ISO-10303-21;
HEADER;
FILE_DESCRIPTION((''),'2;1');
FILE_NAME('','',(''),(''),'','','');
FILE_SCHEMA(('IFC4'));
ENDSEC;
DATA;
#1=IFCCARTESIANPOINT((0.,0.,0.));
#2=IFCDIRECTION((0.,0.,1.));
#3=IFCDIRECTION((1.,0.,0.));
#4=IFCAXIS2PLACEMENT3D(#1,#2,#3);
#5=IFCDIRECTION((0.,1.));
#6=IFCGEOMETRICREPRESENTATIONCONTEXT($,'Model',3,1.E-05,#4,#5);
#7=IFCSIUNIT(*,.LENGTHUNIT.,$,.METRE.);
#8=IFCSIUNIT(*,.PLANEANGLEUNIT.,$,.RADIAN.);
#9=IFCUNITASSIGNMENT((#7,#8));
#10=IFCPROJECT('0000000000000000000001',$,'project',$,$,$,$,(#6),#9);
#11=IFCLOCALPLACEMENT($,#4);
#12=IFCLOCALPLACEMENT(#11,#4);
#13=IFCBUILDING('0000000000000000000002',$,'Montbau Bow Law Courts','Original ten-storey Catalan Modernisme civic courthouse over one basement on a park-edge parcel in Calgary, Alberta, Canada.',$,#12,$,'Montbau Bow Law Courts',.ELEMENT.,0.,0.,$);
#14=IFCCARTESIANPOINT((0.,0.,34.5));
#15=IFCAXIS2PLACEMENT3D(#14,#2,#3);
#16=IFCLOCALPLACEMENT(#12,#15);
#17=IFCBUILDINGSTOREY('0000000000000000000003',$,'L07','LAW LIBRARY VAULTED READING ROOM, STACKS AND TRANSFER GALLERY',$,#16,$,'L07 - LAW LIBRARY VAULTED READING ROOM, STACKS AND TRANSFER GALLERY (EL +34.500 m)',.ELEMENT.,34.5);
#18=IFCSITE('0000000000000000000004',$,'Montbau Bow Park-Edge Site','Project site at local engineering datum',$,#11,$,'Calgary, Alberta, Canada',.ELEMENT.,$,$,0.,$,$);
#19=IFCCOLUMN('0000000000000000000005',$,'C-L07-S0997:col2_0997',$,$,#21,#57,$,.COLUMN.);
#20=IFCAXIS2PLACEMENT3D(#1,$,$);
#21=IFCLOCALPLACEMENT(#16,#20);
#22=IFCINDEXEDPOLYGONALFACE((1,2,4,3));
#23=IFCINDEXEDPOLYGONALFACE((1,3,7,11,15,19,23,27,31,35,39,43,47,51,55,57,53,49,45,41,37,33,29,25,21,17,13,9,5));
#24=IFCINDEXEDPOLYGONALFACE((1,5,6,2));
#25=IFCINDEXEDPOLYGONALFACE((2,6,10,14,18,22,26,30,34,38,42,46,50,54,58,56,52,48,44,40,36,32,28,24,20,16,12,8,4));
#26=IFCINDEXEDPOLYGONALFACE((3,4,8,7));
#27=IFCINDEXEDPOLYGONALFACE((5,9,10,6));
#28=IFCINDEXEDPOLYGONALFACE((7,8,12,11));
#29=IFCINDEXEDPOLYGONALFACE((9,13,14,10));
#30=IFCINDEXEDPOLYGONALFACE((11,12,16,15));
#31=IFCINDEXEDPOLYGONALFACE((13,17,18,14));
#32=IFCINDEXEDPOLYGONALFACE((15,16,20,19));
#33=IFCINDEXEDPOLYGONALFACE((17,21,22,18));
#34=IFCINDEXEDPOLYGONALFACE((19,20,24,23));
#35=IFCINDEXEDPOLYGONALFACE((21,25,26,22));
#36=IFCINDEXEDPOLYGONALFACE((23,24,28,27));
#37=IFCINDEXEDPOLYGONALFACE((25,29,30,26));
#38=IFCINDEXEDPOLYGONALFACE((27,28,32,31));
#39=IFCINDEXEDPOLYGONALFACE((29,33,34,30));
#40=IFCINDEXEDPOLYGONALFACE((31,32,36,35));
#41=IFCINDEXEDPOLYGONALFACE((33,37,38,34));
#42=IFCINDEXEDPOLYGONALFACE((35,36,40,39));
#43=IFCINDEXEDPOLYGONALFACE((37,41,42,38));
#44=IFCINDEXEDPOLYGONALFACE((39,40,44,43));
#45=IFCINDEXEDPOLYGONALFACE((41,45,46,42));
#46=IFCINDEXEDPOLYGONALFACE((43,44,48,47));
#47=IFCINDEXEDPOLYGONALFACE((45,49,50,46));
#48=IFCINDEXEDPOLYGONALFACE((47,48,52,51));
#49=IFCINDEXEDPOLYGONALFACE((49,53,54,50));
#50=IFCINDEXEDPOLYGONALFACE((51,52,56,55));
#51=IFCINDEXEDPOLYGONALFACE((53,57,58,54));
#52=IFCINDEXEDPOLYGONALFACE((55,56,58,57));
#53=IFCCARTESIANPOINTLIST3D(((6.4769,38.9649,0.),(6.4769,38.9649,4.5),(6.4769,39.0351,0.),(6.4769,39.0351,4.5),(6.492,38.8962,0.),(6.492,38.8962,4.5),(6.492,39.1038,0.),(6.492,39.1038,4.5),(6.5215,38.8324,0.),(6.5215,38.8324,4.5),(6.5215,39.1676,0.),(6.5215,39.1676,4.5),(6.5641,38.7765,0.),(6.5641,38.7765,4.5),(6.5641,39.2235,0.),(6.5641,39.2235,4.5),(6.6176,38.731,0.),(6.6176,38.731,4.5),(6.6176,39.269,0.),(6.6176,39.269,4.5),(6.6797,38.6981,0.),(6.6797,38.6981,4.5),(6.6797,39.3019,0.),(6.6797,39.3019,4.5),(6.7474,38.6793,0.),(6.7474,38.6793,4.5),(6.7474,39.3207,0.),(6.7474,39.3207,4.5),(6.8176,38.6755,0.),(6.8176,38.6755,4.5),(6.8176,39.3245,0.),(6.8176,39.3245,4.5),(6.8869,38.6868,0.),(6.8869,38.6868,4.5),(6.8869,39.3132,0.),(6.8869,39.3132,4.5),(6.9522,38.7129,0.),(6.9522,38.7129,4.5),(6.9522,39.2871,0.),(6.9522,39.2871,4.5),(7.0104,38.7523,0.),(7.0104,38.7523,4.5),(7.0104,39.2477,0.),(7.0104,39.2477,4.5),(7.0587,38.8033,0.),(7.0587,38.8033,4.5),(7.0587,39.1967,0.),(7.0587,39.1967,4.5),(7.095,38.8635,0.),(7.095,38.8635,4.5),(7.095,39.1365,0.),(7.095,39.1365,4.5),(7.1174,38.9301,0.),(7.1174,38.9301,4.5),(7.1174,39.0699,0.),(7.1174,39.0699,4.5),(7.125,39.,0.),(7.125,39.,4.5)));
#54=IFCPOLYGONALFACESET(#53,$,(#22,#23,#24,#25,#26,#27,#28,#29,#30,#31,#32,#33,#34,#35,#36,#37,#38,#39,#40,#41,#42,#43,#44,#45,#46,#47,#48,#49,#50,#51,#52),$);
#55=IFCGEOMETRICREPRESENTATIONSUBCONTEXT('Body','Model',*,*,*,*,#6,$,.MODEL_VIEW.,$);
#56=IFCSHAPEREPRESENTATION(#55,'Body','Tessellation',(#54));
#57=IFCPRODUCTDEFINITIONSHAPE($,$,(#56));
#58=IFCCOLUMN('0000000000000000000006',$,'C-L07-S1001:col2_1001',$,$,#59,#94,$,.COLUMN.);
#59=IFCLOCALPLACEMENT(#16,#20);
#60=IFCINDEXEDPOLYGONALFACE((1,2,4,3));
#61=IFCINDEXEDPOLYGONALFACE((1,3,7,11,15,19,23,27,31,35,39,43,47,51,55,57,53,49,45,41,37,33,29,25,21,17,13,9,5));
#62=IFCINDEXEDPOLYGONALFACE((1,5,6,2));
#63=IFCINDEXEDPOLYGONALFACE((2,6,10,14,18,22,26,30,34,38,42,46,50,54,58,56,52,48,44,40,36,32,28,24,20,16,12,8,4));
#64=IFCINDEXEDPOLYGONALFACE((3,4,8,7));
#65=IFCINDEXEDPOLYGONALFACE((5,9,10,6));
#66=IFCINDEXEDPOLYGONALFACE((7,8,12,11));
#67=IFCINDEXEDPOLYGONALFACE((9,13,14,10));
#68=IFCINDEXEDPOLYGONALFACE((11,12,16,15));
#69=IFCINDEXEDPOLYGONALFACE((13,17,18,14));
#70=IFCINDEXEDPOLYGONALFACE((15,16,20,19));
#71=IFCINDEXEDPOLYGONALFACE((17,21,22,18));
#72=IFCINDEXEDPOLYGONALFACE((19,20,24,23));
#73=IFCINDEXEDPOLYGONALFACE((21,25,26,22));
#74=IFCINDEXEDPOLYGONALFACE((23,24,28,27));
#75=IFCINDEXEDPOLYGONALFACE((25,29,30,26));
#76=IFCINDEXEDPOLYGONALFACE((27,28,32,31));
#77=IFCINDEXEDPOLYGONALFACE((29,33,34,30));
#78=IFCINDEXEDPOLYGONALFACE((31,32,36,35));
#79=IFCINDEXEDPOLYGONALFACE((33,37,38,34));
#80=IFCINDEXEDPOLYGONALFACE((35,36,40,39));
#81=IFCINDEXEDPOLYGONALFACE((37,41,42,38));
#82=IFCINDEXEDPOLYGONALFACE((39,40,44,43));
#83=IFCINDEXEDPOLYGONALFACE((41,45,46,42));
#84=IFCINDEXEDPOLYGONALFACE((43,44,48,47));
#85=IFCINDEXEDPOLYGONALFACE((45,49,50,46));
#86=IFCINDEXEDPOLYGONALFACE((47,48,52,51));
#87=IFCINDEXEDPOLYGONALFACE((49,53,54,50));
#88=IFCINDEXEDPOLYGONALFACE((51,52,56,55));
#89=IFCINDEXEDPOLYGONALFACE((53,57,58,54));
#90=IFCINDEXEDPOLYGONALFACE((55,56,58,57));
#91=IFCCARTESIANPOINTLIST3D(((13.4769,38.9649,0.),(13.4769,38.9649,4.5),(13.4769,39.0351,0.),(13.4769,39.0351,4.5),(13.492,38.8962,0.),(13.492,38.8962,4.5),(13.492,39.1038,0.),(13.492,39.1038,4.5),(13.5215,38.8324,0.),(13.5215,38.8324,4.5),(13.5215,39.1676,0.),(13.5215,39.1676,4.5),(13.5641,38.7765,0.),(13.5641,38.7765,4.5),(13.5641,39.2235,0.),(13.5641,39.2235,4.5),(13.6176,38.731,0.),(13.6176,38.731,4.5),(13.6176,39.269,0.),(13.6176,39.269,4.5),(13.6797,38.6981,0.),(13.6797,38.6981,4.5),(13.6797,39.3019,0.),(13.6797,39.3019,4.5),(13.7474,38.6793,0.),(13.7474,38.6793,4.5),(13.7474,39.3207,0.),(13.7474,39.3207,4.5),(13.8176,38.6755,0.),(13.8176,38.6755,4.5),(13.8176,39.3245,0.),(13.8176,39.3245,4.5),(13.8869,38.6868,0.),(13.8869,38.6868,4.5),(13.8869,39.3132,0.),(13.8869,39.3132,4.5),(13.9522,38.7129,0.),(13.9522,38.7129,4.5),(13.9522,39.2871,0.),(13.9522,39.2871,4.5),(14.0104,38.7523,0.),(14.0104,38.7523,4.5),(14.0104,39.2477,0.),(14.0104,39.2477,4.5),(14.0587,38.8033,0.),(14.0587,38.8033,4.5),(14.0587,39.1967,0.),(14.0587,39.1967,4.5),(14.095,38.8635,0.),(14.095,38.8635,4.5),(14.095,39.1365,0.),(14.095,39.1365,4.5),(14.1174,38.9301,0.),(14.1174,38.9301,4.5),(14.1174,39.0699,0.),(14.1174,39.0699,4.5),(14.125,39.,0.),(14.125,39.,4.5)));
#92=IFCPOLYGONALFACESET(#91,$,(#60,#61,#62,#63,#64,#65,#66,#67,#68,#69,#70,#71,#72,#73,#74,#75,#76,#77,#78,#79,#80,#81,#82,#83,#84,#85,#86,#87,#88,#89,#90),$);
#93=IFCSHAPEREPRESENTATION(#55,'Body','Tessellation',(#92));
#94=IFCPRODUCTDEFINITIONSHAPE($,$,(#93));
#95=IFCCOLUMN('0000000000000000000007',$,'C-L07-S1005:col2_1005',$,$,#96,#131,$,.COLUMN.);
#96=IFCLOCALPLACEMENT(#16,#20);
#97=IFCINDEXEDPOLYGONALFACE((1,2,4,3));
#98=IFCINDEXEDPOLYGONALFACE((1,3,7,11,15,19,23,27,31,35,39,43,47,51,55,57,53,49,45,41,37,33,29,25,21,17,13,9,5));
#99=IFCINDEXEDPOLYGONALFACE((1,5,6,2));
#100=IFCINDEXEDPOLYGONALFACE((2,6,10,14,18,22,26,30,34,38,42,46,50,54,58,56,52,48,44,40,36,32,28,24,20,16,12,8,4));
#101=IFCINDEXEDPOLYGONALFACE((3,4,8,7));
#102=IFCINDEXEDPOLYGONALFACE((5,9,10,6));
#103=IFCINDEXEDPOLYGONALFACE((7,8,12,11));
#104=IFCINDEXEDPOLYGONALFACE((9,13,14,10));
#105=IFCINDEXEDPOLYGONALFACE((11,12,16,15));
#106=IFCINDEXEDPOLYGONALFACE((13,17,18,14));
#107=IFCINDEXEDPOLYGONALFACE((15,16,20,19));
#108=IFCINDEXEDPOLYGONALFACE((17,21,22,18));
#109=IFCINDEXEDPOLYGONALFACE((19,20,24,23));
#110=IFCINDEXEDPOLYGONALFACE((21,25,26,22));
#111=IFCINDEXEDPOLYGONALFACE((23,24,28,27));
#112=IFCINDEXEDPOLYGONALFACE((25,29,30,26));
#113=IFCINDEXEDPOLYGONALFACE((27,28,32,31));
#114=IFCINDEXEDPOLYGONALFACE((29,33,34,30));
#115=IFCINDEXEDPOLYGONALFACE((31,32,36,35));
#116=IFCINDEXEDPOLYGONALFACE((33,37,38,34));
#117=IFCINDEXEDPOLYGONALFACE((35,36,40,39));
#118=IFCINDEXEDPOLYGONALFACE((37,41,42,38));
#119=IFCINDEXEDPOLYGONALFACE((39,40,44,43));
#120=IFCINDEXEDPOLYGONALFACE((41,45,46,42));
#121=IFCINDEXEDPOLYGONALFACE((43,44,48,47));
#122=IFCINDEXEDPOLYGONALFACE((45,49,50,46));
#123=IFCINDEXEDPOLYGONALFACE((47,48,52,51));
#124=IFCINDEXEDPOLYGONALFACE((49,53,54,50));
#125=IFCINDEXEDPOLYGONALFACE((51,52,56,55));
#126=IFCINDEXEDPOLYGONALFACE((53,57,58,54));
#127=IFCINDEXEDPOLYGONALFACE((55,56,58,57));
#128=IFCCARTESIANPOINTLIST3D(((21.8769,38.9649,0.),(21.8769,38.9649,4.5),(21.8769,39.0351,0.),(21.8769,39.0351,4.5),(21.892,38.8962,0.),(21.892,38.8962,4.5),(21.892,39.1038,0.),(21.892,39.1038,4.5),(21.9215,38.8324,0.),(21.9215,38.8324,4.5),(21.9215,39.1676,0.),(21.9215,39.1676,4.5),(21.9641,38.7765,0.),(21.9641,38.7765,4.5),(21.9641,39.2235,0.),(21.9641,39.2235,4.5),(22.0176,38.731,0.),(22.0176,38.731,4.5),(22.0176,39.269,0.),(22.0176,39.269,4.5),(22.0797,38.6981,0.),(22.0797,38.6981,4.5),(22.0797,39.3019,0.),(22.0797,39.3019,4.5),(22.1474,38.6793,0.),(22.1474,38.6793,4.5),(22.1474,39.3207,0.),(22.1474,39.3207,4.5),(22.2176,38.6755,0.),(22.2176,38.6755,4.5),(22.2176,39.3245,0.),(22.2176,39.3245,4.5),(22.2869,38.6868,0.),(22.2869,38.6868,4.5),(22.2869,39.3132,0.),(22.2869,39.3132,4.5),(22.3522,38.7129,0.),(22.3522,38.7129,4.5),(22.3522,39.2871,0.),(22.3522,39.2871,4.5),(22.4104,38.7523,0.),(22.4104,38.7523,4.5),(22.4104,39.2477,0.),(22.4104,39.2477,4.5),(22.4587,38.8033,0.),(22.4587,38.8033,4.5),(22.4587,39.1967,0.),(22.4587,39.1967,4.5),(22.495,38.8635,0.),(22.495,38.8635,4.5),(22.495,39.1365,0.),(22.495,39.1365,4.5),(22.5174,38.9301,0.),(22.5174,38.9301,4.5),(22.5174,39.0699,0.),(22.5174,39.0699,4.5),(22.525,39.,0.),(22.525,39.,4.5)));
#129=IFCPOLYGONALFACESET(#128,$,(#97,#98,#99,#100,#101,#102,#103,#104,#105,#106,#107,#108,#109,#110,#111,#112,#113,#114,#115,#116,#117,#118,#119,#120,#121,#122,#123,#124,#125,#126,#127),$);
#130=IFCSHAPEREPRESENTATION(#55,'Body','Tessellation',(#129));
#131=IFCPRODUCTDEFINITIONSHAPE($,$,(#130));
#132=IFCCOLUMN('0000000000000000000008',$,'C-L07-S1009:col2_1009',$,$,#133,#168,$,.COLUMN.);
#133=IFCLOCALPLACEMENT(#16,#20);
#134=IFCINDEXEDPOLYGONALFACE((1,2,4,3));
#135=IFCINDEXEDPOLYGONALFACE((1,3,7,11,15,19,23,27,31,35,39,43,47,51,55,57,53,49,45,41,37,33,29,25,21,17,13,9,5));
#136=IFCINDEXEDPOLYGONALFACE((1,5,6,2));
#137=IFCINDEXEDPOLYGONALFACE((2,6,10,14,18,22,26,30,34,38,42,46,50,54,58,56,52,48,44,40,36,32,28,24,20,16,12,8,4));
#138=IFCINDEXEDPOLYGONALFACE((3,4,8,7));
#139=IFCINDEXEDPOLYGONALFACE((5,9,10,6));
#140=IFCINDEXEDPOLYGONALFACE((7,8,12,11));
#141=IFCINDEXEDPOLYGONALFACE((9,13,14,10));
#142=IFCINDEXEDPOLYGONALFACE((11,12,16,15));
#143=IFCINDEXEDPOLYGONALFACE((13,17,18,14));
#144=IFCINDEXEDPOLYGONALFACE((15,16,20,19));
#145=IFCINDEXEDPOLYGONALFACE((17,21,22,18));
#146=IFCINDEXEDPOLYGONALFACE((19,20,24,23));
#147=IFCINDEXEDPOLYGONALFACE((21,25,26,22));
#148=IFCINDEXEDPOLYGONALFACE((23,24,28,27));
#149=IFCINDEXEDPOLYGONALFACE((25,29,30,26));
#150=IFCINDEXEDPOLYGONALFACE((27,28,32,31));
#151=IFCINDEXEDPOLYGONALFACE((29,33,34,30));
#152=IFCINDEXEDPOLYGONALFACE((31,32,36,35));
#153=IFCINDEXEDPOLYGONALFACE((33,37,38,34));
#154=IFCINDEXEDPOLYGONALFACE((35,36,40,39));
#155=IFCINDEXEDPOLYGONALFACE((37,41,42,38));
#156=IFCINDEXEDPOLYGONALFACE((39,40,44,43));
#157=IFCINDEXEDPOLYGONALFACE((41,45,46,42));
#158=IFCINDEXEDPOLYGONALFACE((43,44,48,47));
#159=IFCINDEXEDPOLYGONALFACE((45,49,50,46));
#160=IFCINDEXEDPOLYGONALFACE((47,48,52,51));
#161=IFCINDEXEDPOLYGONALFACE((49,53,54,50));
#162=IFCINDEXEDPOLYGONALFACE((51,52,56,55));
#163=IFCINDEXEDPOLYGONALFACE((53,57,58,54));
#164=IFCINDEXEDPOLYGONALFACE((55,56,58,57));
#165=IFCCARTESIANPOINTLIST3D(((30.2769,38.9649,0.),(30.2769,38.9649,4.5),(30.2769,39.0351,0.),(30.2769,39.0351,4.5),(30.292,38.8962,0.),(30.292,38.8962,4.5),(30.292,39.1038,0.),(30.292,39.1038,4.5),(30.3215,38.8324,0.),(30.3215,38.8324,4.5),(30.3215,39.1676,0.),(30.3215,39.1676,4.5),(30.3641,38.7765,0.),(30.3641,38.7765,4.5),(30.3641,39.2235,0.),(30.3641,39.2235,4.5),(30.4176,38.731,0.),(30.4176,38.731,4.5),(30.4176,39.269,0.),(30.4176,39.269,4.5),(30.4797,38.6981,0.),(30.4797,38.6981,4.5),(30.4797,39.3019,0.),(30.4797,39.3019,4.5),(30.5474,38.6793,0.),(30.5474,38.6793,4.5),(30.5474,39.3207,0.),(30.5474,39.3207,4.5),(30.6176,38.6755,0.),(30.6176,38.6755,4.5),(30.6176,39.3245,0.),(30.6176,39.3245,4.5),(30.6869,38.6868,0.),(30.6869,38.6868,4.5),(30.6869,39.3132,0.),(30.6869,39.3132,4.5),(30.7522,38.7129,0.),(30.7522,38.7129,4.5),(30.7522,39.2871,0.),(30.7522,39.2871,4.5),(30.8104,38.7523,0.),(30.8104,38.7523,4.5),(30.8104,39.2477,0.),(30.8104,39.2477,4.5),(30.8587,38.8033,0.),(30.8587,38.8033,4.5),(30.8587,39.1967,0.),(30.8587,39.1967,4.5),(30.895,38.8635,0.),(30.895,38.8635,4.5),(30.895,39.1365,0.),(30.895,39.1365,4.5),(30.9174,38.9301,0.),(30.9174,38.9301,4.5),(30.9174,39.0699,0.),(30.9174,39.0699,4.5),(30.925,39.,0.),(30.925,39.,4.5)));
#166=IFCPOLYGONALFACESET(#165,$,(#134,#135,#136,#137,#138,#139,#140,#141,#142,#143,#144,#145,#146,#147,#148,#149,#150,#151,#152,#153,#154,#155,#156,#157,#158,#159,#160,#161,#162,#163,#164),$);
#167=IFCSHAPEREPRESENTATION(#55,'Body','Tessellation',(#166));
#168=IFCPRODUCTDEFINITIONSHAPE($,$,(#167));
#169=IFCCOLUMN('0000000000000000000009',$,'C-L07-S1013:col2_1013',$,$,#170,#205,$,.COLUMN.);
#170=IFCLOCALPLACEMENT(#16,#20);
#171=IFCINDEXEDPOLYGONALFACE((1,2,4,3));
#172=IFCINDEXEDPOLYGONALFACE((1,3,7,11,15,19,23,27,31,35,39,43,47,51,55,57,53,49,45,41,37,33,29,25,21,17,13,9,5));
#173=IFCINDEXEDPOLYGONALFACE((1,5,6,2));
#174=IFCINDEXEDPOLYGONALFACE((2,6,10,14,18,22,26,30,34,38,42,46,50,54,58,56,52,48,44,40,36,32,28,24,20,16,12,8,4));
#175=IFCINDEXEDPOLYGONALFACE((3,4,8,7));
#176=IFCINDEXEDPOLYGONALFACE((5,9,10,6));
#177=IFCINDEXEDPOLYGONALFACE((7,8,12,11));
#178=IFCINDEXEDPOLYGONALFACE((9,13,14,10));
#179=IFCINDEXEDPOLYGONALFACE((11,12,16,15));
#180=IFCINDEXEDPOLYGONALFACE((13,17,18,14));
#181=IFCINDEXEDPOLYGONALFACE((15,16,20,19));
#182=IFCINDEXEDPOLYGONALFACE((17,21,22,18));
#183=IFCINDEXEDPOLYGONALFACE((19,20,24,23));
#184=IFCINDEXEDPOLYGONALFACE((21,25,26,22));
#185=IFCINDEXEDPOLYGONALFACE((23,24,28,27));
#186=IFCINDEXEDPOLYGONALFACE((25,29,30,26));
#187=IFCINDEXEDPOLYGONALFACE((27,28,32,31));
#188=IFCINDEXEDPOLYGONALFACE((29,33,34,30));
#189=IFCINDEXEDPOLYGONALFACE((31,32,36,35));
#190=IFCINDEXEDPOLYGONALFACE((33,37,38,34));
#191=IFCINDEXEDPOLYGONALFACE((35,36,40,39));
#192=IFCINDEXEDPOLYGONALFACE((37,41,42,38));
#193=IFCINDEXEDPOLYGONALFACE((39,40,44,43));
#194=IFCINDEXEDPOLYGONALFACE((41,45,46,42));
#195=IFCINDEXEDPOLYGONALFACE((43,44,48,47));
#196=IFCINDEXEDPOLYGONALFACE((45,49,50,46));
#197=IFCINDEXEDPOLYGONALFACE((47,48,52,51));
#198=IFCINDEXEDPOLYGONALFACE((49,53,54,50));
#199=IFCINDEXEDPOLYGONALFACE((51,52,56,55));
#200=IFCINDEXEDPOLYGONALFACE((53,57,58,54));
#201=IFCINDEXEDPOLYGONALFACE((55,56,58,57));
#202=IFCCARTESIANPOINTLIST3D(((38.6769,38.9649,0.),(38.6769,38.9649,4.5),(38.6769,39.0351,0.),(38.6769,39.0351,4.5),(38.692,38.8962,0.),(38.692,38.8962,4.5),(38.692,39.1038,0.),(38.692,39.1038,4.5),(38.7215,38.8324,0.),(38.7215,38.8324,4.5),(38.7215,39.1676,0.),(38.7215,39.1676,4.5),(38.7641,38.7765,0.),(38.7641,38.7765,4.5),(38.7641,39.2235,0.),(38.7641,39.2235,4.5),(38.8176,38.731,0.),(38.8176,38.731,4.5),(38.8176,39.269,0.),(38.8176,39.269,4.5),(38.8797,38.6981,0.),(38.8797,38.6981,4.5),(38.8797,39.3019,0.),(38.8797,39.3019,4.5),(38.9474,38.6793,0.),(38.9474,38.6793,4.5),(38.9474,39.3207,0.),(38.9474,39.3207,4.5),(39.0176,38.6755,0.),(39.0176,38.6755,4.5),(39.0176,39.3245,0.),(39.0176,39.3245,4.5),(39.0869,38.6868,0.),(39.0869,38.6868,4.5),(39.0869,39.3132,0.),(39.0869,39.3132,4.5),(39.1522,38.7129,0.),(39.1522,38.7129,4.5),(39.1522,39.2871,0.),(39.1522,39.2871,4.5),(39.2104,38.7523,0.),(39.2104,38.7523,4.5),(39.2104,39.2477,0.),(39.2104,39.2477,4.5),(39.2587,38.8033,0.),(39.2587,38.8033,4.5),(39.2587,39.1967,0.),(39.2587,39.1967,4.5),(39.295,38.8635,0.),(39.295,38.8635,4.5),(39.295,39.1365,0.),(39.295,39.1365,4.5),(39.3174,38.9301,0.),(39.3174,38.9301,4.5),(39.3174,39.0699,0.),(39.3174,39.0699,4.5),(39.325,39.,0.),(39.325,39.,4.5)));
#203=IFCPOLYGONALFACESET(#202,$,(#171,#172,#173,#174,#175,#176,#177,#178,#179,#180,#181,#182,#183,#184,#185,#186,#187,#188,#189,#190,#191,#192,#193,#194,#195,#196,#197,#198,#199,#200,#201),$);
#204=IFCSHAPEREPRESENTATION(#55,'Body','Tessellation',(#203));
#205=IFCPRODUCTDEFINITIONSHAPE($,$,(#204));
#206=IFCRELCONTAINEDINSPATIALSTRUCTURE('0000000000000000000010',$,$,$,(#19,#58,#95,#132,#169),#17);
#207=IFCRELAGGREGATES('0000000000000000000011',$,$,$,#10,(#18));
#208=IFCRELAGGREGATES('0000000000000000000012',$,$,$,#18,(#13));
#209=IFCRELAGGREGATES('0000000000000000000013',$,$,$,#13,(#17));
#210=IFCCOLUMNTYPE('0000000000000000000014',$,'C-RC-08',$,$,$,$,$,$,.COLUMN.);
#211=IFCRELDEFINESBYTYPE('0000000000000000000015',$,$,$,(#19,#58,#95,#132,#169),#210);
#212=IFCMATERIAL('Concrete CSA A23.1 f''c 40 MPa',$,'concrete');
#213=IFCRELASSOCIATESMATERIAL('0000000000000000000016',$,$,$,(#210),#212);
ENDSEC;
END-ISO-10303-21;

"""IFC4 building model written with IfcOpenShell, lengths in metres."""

from ifc_helpers import new_model, si_unit, direction, frame, origin_with_axes, origin_2d_with_axis, place, context, subcontext, project, spatial, circle, extrude, material, material_profile, profile_set, type_object, element, save


model = new_model("IFC4")

# Units and contexts
model_context = context("Model", 3, precision=1e-05, world=origin_with_axes(), true_north=direction((0.0, 1.0)))
body_context = subcontext(model_context, "Body", "Model", "MODEL_VIEW")
ifc_project = project(units=[si_unit("LENGTHUNIT", "METRE"), si_unit("PLANEANGLEUNIT", "RADIAN")], contexts=[model_context])

# Site, building, storey
site_placement = place(None, origin_with_axes())
site = spatial("IfcSite", under=ifc_project, at=site_placement, Name="Montbau Bow Park-Edge Site", Description="Project site at local engineering datum", LongName="Calgary, Alberta, Canada", CompositionType="ELEMENT", RefElevation=0.0)
building_placement = place(site_placement, origin_with_axes())
building = spatial("IfcBuilding", under=site, at=building_placement, Name="Montbau Bow Law Courts", Description="Original ten-storey Catalan Modernisme civic courthouse over one basement on a park-edge parcel in Calgary, Alberta, Canada.", LongName="Montbau Bow Law Courts", CompositionType="ELEMENT", ElevationOfRefHeight=0.0, ElevationOfTerrain=0.0)
storey_placement = place(building_placement, frame((0.0, 0.0, 34.5), z_axis=(0.0, 0.0, 1.0), x_axis=(1.0, 0.0, 0.0)))
storey = spatial("IfcBuildingStorey", under=building, at=storey_placement, Name="L07", Description="LAW LIBRARY VAULTED READING ROOM, STACKS AND TRANSFER GALLERY", LongName="L07 - LAW LIBRARY VAULTED READING ROOM, STACKS AND TRANSFER GALLERY (EL +34.500 m)", CompositionType="ELEMENT", Elevation=34.5)

# Columns
ifc_material_1 = material(Name="Concrete CSA A23.1 f'c 40 MPa", Category="concrete")
ifc_material_profile_1 = material_profile(ifc_material_1, circle(Radius=0.325, at=origin_2d_with_axis()), Name="RC650D", Category="Main", Priority=0)
ifc_profile_set_1 = profile_set([ifc_material_profile_1], Name="Concrete CSA A23.1 f'c 40 MPa")
column_type = type_object("IfcColumnType", Name="C-RC-08", PredefinedType="COLUMN", material=ifc_profile_set_1)
for number, where, z_axis, x_axis, name in (
    (1, (6.8, 39.0, 34.5), (0.0, 0.0, 1.0), (1.0, 0.0, 0.0), "C-L07-S0997:col2_0997"),
    (2, (13.8, 39.0, 34.5), (0.0, 0.0, 1.0), (1.0, 0.0, 0.0), "C-L07-S1001:col2_1001"),
    (3, (22.2, 39.0, 34.5), (0.0, 0.0, 1.0), (1.0, 0.0, 0.0), "C-L07-S1005:col2_1005"),
    (4, (30.6, 39.0, 34.5), (0.0, 0.0, 1.0), (1.0, 0.0, 0.0), "C-L07-S1009:col2_1009"),
    (5, (39.0, 39.0, 34.5), (0.0, 0.0, 1.0), (1.0, 0.0, 0.0), "C-L07-S1013:col2_1013"),
):
    element("IfcColumn", number, at=place(None, frame(where, z_axis=z_axis, x_axis=x_axis)), inside=storey, type_object=column_type, Name=name, PredefinedType="COLUMN", context=body_context, shape_type="SweptSolid", body=[
        extrude(circle(Radius=0.325, at=origin_2d_with_axis()), origin_with_axes(), (0.0, 0.0, 1.0), 4.5),
    ])

save(model, "model.ifc")
